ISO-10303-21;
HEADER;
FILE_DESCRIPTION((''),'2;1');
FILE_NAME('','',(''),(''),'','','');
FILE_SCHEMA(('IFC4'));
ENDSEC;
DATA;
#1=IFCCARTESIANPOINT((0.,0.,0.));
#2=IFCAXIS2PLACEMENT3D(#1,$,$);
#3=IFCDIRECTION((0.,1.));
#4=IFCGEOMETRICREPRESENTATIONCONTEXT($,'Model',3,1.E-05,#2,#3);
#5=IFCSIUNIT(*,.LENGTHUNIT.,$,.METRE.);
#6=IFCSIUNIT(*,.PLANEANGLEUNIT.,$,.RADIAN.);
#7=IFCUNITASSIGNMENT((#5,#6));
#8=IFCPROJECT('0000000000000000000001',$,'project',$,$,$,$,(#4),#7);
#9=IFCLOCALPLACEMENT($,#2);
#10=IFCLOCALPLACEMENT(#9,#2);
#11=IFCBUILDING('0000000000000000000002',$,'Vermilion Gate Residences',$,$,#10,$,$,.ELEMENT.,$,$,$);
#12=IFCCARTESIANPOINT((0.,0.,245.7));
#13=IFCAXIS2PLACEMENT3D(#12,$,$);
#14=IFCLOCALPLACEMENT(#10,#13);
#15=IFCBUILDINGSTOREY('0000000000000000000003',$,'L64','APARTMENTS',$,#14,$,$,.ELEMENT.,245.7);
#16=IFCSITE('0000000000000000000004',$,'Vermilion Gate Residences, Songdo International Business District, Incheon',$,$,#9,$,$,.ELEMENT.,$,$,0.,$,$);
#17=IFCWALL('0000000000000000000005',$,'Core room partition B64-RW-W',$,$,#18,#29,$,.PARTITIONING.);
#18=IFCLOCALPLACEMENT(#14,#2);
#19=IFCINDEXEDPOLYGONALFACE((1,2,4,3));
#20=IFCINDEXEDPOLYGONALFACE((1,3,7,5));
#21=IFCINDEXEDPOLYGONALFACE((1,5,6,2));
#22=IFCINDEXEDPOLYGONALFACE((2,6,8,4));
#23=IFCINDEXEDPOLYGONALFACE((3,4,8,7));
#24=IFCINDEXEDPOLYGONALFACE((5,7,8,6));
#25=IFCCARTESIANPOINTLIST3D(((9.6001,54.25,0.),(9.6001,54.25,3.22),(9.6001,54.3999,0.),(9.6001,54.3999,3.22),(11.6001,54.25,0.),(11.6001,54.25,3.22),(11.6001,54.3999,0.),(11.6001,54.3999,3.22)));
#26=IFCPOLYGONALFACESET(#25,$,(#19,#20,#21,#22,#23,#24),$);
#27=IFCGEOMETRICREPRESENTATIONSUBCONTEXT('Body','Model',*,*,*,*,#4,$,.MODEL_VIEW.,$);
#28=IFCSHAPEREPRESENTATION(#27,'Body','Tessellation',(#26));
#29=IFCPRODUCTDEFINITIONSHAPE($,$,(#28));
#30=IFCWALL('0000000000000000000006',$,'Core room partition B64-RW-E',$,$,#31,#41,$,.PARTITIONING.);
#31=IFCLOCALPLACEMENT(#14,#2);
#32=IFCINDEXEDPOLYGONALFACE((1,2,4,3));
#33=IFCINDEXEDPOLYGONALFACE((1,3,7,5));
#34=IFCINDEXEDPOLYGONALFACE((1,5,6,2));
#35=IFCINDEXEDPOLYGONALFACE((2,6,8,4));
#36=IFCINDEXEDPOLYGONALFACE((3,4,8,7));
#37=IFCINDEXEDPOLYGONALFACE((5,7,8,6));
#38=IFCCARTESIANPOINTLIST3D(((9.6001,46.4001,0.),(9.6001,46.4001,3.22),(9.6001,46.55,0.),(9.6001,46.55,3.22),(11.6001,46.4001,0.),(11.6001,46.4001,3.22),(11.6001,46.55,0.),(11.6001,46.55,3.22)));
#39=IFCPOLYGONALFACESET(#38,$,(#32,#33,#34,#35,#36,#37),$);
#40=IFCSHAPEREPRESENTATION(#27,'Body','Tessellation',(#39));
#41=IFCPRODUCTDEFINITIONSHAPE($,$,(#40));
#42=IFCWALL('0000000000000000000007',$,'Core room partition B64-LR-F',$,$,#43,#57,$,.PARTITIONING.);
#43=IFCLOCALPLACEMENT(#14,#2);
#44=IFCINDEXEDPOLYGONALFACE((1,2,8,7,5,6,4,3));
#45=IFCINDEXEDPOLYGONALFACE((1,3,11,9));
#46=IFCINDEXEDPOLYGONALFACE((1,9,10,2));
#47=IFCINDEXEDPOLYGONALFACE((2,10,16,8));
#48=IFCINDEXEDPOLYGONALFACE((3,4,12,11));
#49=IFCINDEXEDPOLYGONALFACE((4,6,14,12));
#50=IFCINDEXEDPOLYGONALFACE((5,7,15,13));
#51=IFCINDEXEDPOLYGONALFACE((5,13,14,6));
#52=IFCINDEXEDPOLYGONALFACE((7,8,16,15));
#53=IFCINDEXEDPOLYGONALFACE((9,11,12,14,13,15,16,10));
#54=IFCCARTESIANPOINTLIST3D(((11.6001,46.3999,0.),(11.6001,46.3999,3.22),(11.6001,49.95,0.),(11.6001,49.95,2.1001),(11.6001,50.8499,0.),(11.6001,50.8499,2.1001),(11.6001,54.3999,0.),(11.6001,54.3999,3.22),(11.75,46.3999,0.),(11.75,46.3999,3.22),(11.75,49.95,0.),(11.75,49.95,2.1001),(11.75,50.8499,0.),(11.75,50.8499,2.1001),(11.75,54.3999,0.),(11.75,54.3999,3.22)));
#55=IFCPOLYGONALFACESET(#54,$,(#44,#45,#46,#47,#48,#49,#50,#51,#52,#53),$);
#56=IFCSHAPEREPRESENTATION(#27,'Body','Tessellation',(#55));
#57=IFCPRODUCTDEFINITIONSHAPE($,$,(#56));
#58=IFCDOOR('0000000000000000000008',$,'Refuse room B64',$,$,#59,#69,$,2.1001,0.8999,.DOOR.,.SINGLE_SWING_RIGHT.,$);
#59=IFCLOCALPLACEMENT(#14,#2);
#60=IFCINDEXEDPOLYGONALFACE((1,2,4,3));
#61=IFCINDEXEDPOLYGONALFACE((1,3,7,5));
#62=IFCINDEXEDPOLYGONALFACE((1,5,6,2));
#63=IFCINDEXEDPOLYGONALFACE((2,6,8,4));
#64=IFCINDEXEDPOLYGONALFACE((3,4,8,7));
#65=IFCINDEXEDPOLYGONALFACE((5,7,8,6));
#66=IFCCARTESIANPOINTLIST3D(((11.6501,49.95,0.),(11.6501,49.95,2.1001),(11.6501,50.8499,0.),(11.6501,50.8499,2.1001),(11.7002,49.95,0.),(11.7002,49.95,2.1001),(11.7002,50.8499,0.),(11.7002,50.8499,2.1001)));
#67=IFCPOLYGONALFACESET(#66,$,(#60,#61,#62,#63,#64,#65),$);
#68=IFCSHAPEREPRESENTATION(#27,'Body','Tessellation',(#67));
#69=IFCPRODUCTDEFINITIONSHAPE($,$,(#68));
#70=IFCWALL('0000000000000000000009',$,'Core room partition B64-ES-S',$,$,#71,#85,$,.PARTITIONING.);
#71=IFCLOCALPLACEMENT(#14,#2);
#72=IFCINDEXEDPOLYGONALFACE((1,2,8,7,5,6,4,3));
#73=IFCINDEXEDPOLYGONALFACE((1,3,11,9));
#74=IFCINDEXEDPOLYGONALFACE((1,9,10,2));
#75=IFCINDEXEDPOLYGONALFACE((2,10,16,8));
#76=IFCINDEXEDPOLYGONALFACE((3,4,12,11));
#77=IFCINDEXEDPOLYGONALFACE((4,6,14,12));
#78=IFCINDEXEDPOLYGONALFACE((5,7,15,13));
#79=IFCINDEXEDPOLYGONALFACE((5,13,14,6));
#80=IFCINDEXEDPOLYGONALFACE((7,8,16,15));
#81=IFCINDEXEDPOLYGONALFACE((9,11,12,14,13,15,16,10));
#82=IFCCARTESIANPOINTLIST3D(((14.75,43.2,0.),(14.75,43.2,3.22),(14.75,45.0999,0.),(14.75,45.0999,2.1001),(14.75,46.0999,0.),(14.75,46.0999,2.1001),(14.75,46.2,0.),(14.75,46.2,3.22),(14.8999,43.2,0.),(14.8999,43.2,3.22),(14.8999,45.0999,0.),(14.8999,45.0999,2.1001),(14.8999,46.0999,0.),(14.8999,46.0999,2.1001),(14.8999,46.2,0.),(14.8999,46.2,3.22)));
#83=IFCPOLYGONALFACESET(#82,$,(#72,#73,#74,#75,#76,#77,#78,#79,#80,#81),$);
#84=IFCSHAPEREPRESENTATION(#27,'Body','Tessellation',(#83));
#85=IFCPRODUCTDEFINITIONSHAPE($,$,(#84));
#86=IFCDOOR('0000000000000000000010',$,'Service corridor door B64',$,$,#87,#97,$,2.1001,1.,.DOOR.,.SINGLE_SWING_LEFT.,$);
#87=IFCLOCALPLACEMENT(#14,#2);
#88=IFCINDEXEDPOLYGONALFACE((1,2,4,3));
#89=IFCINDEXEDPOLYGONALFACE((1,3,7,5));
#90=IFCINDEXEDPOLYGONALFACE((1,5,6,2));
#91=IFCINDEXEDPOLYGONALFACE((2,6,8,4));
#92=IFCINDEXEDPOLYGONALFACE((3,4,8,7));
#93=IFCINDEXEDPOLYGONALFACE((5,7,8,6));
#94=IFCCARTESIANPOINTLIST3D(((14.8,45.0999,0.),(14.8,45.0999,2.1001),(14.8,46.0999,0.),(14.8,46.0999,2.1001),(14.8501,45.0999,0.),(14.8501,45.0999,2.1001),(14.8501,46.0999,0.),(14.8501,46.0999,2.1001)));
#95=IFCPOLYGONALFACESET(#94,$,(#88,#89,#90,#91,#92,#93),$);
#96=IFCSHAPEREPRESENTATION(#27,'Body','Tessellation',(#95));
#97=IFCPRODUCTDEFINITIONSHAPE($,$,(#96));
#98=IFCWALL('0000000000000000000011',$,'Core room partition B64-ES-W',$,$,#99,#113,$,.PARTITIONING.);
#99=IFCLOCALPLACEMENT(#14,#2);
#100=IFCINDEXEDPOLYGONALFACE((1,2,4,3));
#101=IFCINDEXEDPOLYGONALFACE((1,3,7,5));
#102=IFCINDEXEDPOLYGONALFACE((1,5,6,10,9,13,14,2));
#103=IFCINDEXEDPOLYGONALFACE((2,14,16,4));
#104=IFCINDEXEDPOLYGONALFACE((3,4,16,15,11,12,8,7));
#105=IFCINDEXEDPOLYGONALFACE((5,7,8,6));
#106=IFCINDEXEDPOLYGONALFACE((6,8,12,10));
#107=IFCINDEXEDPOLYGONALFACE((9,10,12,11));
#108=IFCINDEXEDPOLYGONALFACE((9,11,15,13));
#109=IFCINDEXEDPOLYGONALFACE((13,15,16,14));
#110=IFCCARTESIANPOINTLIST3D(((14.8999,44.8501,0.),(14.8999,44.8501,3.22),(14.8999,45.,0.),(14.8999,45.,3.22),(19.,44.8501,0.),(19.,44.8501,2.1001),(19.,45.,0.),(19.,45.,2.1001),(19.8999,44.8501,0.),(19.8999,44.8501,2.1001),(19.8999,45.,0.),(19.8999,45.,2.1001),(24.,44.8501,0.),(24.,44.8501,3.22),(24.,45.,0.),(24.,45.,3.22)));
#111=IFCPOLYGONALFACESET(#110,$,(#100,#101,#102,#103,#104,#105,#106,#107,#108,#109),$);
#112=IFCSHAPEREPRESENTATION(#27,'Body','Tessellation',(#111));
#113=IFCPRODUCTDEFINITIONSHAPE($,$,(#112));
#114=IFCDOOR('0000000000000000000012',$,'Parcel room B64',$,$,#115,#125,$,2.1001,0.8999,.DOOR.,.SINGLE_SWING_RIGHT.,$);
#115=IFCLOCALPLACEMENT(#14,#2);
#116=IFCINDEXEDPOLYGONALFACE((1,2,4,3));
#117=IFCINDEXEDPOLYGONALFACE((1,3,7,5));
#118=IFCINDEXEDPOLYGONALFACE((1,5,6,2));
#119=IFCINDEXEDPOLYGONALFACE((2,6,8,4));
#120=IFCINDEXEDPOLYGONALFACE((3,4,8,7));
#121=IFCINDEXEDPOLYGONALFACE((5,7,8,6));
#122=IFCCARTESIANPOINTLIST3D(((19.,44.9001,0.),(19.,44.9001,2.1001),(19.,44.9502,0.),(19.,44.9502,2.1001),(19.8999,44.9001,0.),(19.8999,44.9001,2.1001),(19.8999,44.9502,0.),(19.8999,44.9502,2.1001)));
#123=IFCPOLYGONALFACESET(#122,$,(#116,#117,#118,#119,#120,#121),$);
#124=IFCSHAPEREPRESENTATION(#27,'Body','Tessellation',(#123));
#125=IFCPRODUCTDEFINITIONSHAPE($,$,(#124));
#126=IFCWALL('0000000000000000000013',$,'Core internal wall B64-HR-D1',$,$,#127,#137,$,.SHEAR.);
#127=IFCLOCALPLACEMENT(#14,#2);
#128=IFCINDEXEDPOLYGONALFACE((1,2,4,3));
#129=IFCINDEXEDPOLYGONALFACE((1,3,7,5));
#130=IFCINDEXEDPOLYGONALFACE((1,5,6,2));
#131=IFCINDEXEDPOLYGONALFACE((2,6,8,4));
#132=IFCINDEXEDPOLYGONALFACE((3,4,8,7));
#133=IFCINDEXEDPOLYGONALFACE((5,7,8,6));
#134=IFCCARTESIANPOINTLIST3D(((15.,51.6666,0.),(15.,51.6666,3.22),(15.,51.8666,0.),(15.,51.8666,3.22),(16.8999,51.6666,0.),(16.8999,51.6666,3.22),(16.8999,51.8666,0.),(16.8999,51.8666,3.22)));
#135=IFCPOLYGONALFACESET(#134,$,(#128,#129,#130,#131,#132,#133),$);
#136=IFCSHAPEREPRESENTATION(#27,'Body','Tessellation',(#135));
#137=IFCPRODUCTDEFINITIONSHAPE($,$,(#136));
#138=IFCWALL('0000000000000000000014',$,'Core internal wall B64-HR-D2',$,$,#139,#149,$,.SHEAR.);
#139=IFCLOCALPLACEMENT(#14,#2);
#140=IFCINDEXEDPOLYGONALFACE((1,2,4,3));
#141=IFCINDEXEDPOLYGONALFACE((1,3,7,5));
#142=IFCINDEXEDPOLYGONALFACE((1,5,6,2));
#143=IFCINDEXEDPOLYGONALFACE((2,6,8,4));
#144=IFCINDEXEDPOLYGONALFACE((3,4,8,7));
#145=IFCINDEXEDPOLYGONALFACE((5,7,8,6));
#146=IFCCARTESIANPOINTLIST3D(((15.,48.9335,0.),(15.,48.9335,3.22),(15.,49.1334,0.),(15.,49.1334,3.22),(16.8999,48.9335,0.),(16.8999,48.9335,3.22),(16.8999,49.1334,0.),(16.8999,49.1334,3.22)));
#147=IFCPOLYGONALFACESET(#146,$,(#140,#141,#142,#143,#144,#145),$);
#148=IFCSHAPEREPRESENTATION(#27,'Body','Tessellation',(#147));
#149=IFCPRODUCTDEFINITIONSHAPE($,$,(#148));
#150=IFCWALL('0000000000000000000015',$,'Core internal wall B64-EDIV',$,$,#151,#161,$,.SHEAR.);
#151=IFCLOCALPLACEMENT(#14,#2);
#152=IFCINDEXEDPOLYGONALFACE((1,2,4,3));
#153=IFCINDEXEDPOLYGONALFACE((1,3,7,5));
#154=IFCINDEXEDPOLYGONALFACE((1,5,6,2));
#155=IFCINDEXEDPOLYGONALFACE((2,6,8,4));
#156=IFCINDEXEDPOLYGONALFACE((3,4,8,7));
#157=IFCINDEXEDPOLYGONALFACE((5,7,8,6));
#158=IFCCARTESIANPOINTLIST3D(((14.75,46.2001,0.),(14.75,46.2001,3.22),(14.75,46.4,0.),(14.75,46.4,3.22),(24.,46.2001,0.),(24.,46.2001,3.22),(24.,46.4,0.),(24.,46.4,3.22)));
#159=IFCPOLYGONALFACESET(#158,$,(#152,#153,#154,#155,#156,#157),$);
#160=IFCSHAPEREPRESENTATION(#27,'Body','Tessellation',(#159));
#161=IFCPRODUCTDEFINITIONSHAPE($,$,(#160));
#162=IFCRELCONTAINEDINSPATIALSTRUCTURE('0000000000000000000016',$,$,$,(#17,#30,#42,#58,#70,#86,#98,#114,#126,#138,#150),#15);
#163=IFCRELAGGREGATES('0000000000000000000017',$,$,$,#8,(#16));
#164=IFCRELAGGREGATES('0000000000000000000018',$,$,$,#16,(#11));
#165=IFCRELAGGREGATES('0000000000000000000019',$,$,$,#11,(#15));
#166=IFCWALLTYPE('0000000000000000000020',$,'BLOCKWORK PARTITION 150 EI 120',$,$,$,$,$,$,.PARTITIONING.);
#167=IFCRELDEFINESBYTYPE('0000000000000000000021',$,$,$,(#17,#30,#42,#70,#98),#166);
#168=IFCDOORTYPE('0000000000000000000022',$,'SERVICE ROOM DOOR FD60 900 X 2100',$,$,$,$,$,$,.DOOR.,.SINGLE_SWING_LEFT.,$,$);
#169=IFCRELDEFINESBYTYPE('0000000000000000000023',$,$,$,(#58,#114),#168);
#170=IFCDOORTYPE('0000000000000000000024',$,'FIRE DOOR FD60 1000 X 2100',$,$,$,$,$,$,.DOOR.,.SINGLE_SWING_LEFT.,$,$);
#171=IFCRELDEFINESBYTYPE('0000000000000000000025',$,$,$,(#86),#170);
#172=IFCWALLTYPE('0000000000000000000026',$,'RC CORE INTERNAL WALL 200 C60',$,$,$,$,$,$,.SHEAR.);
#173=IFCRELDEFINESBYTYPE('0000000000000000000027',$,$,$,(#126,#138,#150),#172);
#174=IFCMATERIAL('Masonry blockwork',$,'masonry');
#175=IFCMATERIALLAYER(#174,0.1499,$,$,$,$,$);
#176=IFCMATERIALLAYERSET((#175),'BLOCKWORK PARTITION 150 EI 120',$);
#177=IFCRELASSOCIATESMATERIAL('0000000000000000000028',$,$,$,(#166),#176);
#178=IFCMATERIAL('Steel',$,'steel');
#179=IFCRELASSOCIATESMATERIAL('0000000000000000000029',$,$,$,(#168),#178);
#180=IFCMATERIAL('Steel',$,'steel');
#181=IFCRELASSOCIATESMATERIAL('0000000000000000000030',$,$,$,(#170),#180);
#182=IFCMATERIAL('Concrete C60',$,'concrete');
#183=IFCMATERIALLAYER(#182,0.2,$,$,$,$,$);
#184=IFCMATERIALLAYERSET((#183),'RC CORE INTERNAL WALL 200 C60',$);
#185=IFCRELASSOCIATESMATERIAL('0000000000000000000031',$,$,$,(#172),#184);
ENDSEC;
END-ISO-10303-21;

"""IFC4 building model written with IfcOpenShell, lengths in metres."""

from ifc_helpers import new_model, si_unit, direction, frame, frame_2d, origin, place, context, subcontext, project, spatial, rectangle, extrude, material, layer, layer_set, type_object, element, fill, save


model = new_model("IFC4")

# Units and contexts
model_context = context("Model", 3, precision=1e-05, world=origin(), true_north=direction((0.0, 1.0)))
body_context = subcontext(model_context, "Body", "Model", "MODEL_VIEW")
ifc_project = project(units=[si_unit("LENGTHUNIT", "METRE"), si_unit("PLANEANGLEUNIT", "RADIAN")], contexts=[model_context])

# Site, building, storey
site_placement = place(None, origin())
site = spatial("IfcSite", under=ifc_project, at=site_placement, Name="Vermilion Gate Residences, Songdo International Business District, Incheon", CompositionType="ELEMENT", RefElevation=0.0)
building_placement = place(site_placement, origin())
building = spatial("IfcBuilding", under=site, at=building_placement, Name="Vermilion Gate Residences", CompositionType="ELEMENT")
storey_placement = place(building_placement, frame((0.0, 0.0, 245.7)))
storey = spatial("IfcBuildingStorey", under=building, at=storey_placement, Name="L64", Description="APARTMENTS", CompositionType="ELEMENT", Elevation=245.7)

# Walls
ifc_material_1 = material(Name="Masonry blockwork", Category="masonry")
ifc_layer_1 = layer(ifc_material_1, 0.1499)
ifc_layer_set_1 = layer_set([ifc_layer_1], Name="BLOCKWORK PARTITION 150 EI 120")
wall_type_1 = type_object("IfcWallType", Name="BLOCKWORK PARTITION 150 EI 120", PredefinedType="PARTITIONING", material=ifc_layer_set_1)
for number, where, z_axis, x_axis, name in (
    (1, (9.6001, 54.325, 0.0), (0.0, 0.0, 1.0), (1.0, 0.0, 0.0), "Core room partition B64-RW-W"),
    (2, (9.6001, 46.4751, 0.0), (0.0, 0.0, 1.0), (1.0, 0.0, 0.0), "Core room partition B64-RW-E"),
):
    element("IfcWall", number, at=place(storey_placement, frame(where, z_axis=z_axis, x_axis=x_axis)), inside=storey, type_object=wall_type_1, Name=name, PredefinedType="PARTITIONING", context=body_context, shape_type="SweptSolid", body=[
        extrude(rectangle(XDim=2.0, YDim=0.1499, at=frame_2d((1.0, 0.0))), origin(), (0.0, 0.0, 1.0), 3.22),
    ])

# Walls, openings, doors
wall_1_placement = place(storey_placement, frame((11.675, 54.3999, 0.0), z_axis=(0.0, 0.0, 1.0), x_axis=(0.0, -1.0, 0.0)))
wall_1 = element("IfcWall", 3, at=wall_1_placement, inside=storey, type_object=wall_type_1, Name="Core room partition B64-LR-F", PredefinedType="PARTITIONING", context=body_context, shape_type="SweptSolid", body=[
    extrude(rectangle(XDim=8.0, YDim=0.1499, at=frame_2d((4.0, 0.0))), origin(), (0.0, 0.0, 1.0), 3.22),
])
opening_1_placement = place(wall_1_placement, frame((3.55, 0.0, 0.0)))
opening_1 = element("IfcOpeningElement", 4, at=opening_1_placement, cuts=wall_1, PredefinedType="OPENING", context=body_context, shape_type="SweptSolid", body=[
    extrude(rectangle(XDim=0.8999, YDim=2.1001, at=frame_2d((0.45, 1.05))), frame((0.0, 0.085, 0.0), z_axis=(0.0, -1.0, 0.0), x_axis=(1.0, 0.0, 0.0)), (0.0, 0.0, 1.0), 0.1699),
])
ifc_material_2 = material(Name="Steel", Category="steel")
door_type_1 = type_object("IfcDoorType", Name="SERVICE ROOM DOOR FD60 900 X 2100", OperationType="SINGLE_SWING_LEFT", PredefinedType="DOOR", material=ifc_material_2)
door_1_placement = place(opening_1_placement, frame((0.8999, 0.0, 0.0), z_axis=(0.0, 0.0, 1.0), x_axis=(-1.0, 0.0, 0.0)))
door_1 = element("IfcDoor", 5, at=door_1_placement, inside=storey, type_object=door_type_1, Name="Refuse room B64", OperationType="SINGLE_SWING_RIGHT", OverallHeight=2.1001, OverallWidth=0.8999, PredefinedType="DOOR", context=body_context, shape_type="SweptSolid", body=[
    extrude(rectangle(XDim=0.8999, YDim=2.1001, at=frame_2d((0.45, 1.05))), frame((0.0, 0.0249, 0.0), z_axis=(0.0, -1.0, 0.0), x_axis=(1.0, 0.0, 0.0)), (0.0, 0.0, 1.0), 0.05),
])
fill(opening_1, door_1)
wall_2_placement = place(storey_placement, frame((14.825, 46.2, 0.0), z_axis=(0.0, 0.0, 1.0), x_axis=(0.0, -1.0, 0.0)))
wall_2 = element("IfcWall", 6, at=wall_2_placement, inside=storey, type_object=wall_type_1, Name="Core room partition B64-ES-S", PredefinedType="PARTITIONING", context=body_context, shape_type="SweptSolid", body=[
    extrude(rectangle(XDim=3.0, YDim=0.1499, at=frame_2d((1.5, 0.0))), origin(), (0.0, 0.0, 1.0), 3.22),
])
opening_2_placement = place(wall_2_placement, frame((0.1001, 0.0, 0.0)))
opening_2 = element("IfcOpeningElement", 7, at=opening_2_placement, cuts=wall_2, PredefinedType="OPENING", context=body_context, shape_type="SweptSolid", body=[
    extrude(rectangle(XDim=1.0, YDim=2.1001, at=frame_2d((0.5, 1.05))), frame((0.0, 0.085, 0.0), z_axis=(0.0, -1.0, 0.0), x_axis=(1.0, 0.0, 0.0)), (0.0, 0.0, 1.0), 0.1699),
])
ifc_material_3 = material(Name="Steel", Category="steel")
door_type_2 = type_object("IfcDoorType", Name="FIRE DOOR FD60 1000 X 2100", OperationType="SINGLE_SWING_LEFT", PredefinedType="DOOR", material=ifc_material_3)
door_2_placement = place(opening_2_placement, frame((1.0, 0.0, 0.0), z_axis=(0.0, 0.0, 1.0), x_axis=(-1.0, 0.0, 0.0)))
door_2 = element("IfcDoor", 8, at=door_2_placement, inside=storey, type_object=door_type_2, Name="Service corridor door B64", OperationType="SINGLE_SWING_LEFT", OverallHeight=2.1001, OverallWidth=1.0, PredefinedType="DOOR", context=body_context, shape_type="SweptSolid", body=[
    extrude(rectangle(XDim=1.0, YDim=2.1001, at=frame_2d((0.5, 1.05))), frame((0.0, 0.0249, 0.0), z_axis=(0.0, -1.0, 0.0), x_axis=(1.0, 0.0, 0.0)), (0.0, 0.0, 1.0), 0.05),
])
fill(opening_2, door_2)
wall_3_placement = place(storey_placement, frame((14.8999, 44.925, 0.0), z_axis=(0.0, 0.0, 1.0), x_axis=(1.0, 0.0, 0.0)))
wall_3 = element("IfcWall", 9, at=wall_3_placement, inside=storey, type_object=wall_type_1, Name="Core room partition B64-ES-W", PredefinedType="PARTITIONING", context=body_context, shape_type="SweptSolid", body=[
    extrude(rectangle(XDim=9.1001, YDim=0.1499, at=frame_2d((4.55, 0.0))), origin(), (0.0, 0.0, 1.0), 3.22),
])
opening_3_placement = place(wall_3_placement, frame((4.1001, 0.0, 0.0)))
opening_3 = element("IfcOpeningElement", 10, at=opening_3_placement, cuts=wall_3, PredefinedType="OPENING", context=body_context, shape_type="SweptSolid", body=[
    extrude(rectangle(XDim=0.8999, YDim=2.1001, at=frame_2d((0.45, 1.05))), frame((0.0, 0.085, 0.0), z_axis=(0.0, -1.0, 0.0), x_axis=(1.0, 0.0, 0.0)), (0.0, 0.0, 1.0), 0.1699),
])
door_3_placement = place(opening_3_placement, frame((0.8999, 0.0, 0.0), z_axis=(0.0, 0.0, 1.0), x_axis=(-1.0, 0.0, 0.0)))
door_3 = element("IfcDoor", 11, at=door_3_placement, inside=storey, type_object=door_type_1, Name="Parcel room B64", OperationType="SINGLE_SWING_RIGHT", OverallHeight=2.1001, OverallWidth=0.8999, PredefinedType="DOOR", context=body_context, shape_type="SweptSolid", body=[
    extrude(rectangle(XDim=0.8999, YDim=2.1001, at=frame_2d((0.45, 1.05))), frame((0.0, 0.0249, 0.0), z_axis=(0.0, -1.0, 0.0), x_axis=(1.0, 0.0, 0.0)), (0.0, 0.0, 1.0), 0.05),
])
fill(opening_3, door_3)

# Walls
ifc_material_4 = material(Name="Concrete C60", Category="concrete")
ifc_layer_2 = layer(ifc_material_4, 0.2)
ifc_layer_set_2 = layer_set([ifc_layer_2], Name="RC CORE INTERNAL WALL 200 C60")
wall_type_2 = type_object("IfcWallType", Name="RC CORE INTERNAL WALL 200 C60", PredefinedType="SHEAR", material=ifc_layer_set_2)
for number, where, z_axis, x_axis, name in (
    (12, (15.0, 51.7666, 0.0), (0.0, 0.0, 1.0), (1.0, 0.0, 0.0), "Core internal wall B64-HR-D1"),
    (13, (15.0, 49.0334, 0.0), (0.0, 0.0, 1.0), (1.0, 0.0, 0.0), "Core internal wall B64-HR-D2"),
):
    element("IfcWall", number, at=place(storey_placement, frame(where, z_axis=z_axis, x_axis=x_axis)), inside=storey, type_object=wall_type_2, Name=name, PredefinedType="SHEAR", context=body_context, shape_type="SweptSolid", body=[
        extrude(rectangle(XDim=1.8999, YDim=0.2, at=frame_2d((0.95, 0.0))), origin(), (0.0, 0.0, 1.0), 3.22),
    ])
wall_4_placement = place(storey_placement, frame((14.75, 46.3, 0.0), z_axis=(0.0, 0.0, 1.0), x_axis=(1.0, 0.0, 0.0)))
element("IfcWall", 14, at=wall_4_placement, inside=storey, type_object=wall_type_2, Name="Core internal wall B64-EDIV", PredefinedType="SHEAR", context=body_context, shape_type="SweptSolid", body=[
    extrude(rectangle(XDim=9.25, YDim=0.2, at=frame_2d((4.625, 0.0))), origin(), (0.0, 0.0, 1.0), 3.22),
])

save(model, "model.ifc")
